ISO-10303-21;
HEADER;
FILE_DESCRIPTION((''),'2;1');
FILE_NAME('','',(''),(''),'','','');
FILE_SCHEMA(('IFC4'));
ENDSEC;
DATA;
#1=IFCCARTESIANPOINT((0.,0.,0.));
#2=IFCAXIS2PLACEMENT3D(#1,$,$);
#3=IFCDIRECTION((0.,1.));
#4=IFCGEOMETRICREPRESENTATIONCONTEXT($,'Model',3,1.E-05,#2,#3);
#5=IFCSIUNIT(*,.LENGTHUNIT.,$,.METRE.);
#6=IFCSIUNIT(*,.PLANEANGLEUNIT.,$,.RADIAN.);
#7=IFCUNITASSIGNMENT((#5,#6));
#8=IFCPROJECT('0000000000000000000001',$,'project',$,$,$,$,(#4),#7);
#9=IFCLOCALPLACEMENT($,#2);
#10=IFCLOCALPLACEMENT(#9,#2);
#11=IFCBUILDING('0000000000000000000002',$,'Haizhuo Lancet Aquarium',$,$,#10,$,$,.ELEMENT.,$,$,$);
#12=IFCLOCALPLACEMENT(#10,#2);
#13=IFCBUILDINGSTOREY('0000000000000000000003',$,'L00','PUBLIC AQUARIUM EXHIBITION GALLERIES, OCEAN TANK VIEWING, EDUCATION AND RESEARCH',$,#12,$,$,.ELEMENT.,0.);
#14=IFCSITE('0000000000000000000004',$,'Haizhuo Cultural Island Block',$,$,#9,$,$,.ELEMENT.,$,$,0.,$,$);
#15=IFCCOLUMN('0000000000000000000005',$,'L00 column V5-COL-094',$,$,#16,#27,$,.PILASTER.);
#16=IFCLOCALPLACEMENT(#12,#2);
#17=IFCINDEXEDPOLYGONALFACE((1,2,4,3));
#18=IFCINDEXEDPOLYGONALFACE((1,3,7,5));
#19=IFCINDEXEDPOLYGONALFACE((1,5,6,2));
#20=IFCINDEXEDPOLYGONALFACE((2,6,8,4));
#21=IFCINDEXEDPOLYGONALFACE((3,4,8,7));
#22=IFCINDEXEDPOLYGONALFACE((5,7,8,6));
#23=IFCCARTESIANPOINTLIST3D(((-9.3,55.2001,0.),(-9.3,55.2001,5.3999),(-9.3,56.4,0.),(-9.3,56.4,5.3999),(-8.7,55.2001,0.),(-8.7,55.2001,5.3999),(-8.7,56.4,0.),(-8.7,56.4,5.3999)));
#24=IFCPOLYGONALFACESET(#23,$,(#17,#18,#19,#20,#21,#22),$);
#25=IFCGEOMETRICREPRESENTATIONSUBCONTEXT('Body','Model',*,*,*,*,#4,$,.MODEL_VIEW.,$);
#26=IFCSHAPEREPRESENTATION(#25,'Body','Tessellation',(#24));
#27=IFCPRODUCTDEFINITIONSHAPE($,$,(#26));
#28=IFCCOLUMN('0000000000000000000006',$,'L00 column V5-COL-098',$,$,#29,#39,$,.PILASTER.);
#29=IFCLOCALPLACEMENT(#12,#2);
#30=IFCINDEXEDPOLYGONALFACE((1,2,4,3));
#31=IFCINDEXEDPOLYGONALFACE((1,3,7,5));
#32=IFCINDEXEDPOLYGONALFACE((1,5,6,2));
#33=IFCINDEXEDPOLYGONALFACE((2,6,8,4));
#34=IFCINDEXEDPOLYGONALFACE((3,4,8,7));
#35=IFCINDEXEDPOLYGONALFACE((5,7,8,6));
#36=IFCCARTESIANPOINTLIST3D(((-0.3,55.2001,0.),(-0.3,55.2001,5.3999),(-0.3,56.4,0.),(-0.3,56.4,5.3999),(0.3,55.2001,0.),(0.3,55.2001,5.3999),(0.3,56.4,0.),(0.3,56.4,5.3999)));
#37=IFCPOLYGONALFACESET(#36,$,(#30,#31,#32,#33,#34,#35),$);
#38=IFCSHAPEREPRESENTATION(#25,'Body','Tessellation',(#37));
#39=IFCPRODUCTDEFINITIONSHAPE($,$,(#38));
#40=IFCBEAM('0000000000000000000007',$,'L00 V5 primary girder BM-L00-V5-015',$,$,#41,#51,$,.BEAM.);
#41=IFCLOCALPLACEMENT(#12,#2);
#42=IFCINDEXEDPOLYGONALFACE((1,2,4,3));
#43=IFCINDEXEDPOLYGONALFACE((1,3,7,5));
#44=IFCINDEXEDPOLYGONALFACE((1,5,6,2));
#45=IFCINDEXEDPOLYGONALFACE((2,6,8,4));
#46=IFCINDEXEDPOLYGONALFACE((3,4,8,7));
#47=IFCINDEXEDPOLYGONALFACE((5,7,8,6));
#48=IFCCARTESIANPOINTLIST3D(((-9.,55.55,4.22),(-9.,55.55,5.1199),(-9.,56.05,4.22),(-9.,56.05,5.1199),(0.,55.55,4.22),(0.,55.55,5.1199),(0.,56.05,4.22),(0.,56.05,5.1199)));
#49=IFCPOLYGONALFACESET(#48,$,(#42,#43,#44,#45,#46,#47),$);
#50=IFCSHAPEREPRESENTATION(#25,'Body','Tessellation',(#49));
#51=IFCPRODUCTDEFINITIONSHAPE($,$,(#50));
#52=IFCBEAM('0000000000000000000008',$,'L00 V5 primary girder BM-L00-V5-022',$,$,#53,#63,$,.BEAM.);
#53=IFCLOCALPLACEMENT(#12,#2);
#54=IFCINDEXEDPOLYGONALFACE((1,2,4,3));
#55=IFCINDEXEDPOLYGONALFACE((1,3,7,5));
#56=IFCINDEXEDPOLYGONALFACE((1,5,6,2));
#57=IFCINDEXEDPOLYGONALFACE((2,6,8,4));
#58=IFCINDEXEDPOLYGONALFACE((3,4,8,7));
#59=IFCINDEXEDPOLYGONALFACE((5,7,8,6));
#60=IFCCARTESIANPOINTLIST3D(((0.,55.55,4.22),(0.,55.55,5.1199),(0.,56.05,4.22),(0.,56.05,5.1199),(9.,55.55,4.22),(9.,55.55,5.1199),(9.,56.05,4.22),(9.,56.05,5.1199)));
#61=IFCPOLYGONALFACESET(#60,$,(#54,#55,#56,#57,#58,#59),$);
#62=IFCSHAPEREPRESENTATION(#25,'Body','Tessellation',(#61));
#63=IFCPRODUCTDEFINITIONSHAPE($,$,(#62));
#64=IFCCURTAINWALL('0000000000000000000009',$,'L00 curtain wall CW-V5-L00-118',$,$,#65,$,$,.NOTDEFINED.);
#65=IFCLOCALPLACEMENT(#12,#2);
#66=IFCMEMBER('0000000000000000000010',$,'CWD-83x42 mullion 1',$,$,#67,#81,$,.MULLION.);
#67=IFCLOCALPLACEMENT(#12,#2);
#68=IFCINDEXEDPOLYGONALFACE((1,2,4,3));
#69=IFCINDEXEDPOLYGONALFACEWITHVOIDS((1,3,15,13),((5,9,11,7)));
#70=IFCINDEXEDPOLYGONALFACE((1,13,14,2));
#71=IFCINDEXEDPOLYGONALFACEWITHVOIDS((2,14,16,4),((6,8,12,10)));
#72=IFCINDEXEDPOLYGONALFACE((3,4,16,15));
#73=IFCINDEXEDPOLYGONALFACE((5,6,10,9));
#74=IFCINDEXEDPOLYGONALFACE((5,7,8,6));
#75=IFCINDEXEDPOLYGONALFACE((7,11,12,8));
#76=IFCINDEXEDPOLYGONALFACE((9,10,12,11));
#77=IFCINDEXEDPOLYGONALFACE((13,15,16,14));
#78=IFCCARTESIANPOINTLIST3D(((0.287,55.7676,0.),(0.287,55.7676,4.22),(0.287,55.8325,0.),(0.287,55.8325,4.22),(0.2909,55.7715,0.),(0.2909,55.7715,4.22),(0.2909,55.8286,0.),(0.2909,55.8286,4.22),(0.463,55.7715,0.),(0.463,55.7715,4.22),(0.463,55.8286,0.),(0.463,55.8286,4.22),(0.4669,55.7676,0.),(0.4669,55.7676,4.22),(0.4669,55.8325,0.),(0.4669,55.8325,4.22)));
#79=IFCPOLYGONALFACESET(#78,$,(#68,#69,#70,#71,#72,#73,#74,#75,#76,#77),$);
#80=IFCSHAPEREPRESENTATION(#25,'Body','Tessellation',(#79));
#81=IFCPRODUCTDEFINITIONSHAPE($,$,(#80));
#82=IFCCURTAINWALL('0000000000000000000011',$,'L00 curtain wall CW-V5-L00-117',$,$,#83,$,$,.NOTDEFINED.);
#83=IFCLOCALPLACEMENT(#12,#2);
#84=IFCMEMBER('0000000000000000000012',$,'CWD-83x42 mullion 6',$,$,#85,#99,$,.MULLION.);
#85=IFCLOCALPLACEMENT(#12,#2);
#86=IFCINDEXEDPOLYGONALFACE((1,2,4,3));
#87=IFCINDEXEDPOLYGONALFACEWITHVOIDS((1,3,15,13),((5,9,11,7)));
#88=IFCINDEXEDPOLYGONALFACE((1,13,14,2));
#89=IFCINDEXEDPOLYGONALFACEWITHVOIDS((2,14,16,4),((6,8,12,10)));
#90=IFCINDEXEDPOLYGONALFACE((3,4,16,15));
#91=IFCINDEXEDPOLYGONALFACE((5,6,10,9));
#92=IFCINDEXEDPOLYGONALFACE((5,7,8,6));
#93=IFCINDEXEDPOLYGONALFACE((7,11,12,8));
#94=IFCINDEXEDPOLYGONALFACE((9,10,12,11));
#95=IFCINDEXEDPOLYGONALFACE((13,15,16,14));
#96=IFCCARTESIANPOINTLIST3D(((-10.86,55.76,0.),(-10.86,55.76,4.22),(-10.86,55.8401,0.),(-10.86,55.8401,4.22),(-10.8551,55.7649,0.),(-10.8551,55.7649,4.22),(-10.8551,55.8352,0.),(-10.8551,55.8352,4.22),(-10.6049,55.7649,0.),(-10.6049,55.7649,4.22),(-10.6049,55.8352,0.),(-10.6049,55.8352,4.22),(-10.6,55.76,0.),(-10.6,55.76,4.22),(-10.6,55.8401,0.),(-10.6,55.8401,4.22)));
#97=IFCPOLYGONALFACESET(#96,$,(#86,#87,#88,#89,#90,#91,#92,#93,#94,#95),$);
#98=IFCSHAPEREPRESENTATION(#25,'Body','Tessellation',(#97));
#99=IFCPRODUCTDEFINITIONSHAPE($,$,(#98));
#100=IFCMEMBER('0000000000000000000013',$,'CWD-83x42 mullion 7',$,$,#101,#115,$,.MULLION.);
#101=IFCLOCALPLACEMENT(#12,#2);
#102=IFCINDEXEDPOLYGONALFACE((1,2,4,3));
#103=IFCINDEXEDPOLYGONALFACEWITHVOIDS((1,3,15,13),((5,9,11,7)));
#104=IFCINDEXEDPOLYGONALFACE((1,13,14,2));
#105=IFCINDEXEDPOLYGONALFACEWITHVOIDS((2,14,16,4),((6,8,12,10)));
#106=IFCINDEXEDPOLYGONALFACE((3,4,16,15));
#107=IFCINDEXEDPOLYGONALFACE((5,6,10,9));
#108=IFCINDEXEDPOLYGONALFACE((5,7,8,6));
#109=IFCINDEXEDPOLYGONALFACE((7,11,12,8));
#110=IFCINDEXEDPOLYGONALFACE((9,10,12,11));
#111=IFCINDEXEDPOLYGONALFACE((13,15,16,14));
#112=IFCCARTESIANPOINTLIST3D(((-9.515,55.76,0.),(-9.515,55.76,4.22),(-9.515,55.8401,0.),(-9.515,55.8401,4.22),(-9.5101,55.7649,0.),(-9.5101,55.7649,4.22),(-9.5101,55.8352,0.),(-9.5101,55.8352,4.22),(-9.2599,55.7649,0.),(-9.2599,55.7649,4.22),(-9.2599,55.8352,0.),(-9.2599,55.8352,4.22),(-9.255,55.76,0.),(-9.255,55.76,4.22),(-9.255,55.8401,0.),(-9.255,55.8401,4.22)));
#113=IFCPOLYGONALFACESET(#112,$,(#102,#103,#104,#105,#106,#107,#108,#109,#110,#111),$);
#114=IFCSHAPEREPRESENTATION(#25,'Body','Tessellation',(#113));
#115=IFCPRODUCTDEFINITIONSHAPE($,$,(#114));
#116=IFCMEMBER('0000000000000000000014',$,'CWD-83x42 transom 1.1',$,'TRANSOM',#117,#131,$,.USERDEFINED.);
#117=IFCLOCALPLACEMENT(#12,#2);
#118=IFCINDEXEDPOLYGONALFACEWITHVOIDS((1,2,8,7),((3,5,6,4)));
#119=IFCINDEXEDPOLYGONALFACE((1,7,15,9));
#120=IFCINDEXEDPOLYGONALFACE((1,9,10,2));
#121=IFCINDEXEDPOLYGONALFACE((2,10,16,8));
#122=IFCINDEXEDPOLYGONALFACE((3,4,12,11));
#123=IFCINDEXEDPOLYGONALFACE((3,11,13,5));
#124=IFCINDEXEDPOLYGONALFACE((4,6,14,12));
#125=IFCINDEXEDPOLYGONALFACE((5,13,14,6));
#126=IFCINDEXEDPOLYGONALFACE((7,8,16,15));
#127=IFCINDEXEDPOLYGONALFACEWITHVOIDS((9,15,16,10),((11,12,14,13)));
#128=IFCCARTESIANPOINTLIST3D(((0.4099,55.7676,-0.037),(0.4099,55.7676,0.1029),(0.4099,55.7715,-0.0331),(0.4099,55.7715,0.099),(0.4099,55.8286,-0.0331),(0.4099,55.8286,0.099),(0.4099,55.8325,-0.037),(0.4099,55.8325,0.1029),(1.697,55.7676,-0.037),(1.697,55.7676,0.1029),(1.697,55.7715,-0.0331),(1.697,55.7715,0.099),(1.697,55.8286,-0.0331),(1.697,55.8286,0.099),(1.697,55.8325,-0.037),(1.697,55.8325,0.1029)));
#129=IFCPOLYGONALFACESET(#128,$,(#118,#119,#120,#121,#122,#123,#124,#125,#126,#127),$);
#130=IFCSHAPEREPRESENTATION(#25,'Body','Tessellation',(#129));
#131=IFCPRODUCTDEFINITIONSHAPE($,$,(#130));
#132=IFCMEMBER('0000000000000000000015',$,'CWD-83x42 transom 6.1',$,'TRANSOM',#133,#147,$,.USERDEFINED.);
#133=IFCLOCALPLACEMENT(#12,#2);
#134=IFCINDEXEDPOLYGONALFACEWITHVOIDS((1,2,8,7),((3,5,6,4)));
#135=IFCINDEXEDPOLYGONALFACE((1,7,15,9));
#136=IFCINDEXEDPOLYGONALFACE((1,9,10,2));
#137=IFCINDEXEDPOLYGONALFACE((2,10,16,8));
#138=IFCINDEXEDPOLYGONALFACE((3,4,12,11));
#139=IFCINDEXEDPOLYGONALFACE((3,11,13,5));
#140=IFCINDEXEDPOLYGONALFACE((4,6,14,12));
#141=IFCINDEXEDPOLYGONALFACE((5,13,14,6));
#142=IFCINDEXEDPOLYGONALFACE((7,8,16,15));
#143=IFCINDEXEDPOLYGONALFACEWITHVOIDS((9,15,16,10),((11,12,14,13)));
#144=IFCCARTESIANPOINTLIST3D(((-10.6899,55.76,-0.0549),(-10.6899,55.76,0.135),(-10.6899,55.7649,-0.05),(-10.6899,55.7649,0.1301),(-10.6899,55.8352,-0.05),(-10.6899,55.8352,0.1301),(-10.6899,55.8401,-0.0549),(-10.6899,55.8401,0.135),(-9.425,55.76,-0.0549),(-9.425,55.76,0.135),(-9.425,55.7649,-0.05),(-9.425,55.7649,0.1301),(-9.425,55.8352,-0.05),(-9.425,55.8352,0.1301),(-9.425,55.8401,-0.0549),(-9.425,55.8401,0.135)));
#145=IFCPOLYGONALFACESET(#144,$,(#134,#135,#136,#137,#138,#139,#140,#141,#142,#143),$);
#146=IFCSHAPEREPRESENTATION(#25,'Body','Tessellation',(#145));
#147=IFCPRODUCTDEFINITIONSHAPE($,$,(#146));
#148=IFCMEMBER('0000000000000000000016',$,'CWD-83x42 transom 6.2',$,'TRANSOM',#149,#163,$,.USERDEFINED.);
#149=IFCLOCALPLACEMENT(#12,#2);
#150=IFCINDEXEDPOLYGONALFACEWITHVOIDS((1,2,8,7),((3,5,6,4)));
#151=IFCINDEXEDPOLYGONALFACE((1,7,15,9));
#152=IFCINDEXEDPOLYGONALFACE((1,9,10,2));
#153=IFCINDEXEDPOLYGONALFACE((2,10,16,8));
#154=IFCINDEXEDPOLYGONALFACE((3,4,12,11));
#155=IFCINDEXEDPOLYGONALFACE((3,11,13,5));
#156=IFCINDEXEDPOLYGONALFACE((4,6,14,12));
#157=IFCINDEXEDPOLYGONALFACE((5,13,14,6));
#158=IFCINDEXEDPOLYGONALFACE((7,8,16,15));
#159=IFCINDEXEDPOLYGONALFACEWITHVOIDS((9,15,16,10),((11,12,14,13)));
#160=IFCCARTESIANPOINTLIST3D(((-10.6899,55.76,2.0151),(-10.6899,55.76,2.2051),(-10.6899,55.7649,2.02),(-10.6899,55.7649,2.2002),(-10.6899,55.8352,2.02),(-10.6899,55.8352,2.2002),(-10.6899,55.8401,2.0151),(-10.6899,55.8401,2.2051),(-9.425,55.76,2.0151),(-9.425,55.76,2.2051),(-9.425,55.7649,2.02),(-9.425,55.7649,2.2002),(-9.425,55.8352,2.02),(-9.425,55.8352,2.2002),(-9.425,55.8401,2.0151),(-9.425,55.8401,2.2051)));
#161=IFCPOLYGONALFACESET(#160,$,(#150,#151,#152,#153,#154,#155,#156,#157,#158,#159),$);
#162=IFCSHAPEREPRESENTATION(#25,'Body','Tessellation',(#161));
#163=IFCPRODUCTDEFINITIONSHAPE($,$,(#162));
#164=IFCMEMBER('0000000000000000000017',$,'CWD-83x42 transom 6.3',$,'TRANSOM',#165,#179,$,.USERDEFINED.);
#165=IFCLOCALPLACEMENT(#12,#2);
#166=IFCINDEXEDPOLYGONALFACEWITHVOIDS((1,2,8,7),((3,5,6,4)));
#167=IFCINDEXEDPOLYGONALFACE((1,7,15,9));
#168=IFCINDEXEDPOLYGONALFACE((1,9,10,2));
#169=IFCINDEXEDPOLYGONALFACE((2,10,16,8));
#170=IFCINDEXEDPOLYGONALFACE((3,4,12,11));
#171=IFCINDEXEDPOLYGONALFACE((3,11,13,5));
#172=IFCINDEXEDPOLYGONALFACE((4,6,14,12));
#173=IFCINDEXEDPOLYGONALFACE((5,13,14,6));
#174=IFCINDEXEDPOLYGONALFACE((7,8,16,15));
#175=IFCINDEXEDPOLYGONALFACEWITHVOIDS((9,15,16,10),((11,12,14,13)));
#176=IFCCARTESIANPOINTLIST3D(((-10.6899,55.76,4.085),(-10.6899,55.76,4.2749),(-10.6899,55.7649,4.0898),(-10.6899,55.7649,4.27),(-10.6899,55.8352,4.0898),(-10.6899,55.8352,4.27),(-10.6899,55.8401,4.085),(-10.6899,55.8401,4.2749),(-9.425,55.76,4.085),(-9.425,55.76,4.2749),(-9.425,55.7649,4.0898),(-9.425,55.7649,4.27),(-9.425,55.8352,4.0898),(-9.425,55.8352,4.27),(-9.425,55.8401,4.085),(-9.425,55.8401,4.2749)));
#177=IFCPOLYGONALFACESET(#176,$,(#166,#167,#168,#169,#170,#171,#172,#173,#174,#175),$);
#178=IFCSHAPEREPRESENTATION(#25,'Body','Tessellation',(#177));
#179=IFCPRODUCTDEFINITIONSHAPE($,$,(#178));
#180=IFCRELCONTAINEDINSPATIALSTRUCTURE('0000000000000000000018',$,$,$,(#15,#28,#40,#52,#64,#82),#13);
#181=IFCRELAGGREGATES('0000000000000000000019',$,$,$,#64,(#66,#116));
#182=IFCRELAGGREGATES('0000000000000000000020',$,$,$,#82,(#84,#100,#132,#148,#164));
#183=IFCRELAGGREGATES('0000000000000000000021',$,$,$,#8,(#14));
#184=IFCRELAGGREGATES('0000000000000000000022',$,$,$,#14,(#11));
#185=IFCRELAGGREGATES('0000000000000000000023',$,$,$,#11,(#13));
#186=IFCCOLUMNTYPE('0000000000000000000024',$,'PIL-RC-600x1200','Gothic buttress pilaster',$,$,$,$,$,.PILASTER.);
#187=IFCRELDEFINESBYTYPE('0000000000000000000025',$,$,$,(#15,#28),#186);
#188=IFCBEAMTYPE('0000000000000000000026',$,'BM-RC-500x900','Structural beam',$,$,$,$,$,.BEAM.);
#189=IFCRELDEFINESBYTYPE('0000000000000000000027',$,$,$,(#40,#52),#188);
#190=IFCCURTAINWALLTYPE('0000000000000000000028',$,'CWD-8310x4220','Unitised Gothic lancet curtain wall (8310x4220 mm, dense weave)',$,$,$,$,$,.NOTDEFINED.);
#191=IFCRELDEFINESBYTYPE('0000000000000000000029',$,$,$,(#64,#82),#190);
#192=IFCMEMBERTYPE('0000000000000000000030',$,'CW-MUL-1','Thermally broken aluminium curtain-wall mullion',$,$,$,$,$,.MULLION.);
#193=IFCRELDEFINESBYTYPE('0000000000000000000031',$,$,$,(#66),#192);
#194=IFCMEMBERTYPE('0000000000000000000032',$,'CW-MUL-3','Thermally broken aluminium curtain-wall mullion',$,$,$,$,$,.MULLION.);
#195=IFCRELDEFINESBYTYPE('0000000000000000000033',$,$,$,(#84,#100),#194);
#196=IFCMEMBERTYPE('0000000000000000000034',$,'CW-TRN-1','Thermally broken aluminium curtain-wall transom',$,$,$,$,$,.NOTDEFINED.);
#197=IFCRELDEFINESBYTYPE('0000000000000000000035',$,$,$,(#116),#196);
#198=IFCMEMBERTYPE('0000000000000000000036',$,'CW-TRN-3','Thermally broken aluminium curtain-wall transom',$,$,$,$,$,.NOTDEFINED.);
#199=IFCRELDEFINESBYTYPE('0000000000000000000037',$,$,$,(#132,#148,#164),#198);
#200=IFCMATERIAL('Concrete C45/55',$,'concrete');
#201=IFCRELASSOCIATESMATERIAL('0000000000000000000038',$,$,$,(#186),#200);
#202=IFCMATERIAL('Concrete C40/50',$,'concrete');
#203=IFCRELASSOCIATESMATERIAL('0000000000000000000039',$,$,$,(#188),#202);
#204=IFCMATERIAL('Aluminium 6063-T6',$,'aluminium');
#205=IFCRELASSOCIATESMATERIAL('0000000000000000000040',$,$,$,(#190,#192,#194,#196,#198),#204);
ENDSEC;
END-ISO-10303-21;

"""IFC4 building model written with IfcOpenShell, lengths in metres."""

from ifc_helpers import new_model, si_unit, direction, frame, origin, origin_2d, place, context, subcontext, project, spatial, rectangle, hollow_rectangle, extrude, material, material_profile, profile_set, type_object, element, aggregate, save


model = new_model("IFC4")

# Units and contexts
model_context = context("Model", 3, precision=1e-05, world=origin(), true_north=direction((0.0, 1.0)))
body_context = subcontext(model_context, "Body", "Model", "MODEL_VIEW")
ifc_project = project(units=[si_unit("LENGTHUNIT", "METRE"), si_unit("PLANEANGLEUNIT", "RADIAN")], contexts=[model_context])

# Site, building, storey
site_placement = place(None, origin())
site = spatial("IfcSite", under=ifc_project, at=site_placement, Name="Haizhuo Cultural Island Block", CompositionType="ELEMENT", RefElevation=0.0)
building_placement = place(site_placement, origin())
building = spatial("IfcBuilding", under=site, at=building_placement, Name="Haizhuo Lancet Aquarium", CompositionType="ELEMENT")
storey_placement = place(building_placement, origin())
storey = spatial("IfcBuildingStorey", under=building, at=storey_placement, Name="L00", Description="PUBLIC AQUARIUM EXHIBITION GALLERIES, OCEAN TANK VIEWING, EDUCATION AND RESEARCH", CompositionType="ELEMENT", Elevation=0.0)

# Columns
ifc_material_1 = material(Name="Concrete C45/55", Category="concrete")
ifc_material_profile_1 = material_profile(ifc_material_1, rectangle(XDim=0.6001, YDim=1.2, at=origin_2d()), Name="RC-PIL 600x1200")
ifc_profile_set_1 = profile_set([ifc_material_profile_1], Name="Concrete C45/55")
column_type = type_object("IfcColumnType", Name="PIL-RC-600x1200", Description="Gothic buttress pilaster", PredefinedType="PILASTER", material=ifc_profile_set_1)
for number, where, z_axis, x_axis, name in (
    (1, (-9.0, 55.8, 0.0), (0.0, 0.0, 1.0), (1.0, 0.0, 0.0), "L00 column V5-COL-094"),
    (2, (0.0, 55.8, 0.0), (0.0, 0.0, 1.0), (1.0, 0.0, 0.0), "L00 column V5-COL-098"),
):
    element("IfcColumn", number, at=place(storey_placement, frame(where, z_axis=z_axis, x_axis=x_axis)), inside=storey, type_object=column_type, Name=name, PredefinedType="PILASTER", context=body_context, shape_type="SweptSolid", body=[
        extrude(rectangle(XDim=0.6001, YDim=1.2, at=origin_2d()), origin(), (0.0, 0.0, 1.0), 5.3999),
    ])

# Beams
ifc_material_2 = material(Name="Concrete C40/50", Category="concrete")
ifc_material_profile_2 = material_profile(ifc_material_2, rectangle(XDim=0.5, YDim=0.8999, at=origin_2d()), Name="RC-BM 500x900")
ifc_profile_set_2 = profile_set([ifc_material_profile_2], Name="Concrete C40/50")
beam_type_1 = type_object("IfcBeamType", Name="BM-RC-500x900", Description="Structural beam", PredefinedType="BEAM", material=ifc_profile_set_2)
for number, where, z_axis, x_axis, name in (
    (3, (-9.0, 55.8, 4.6699), (1.0, 0.0, 0.0), (0.0, 1.0, 0.0), "L00 V5 primary girder BM-L00-V5-015"),
    (4, (0.0, 55.8, 4.6699), (1.0, 0.0, 0.0), (0.0, 1.0, 0.0), "L00 V5 primary girder BM-L00-V5-022"),
):
    element("IfcBeam", number, at=place(storey_placement, frame(where, z_axis=z_axis, x_axis=x_axis)), inside=storey, type_object=beam_type_1, Name=name, PredefinedType="BEAM", context=body_context, shape_type="SweptSolid", body=[
        extrude(rectangle(XDim=0.5, YDim=0.8999, at=origin_2d()), origin(), (0.0, 0.0, 1.0), 9.0),
    ])

# Curtain wall, member
ifc_material_3 = material(Name="Aluminium 6063-T6", Category="aluminium")
curtain_wall_type = type_object("IfcCurtainWallType", Name="CWD-8310x4220", Description="Unitised Gothic lancet curtain wall (8310x4220 mm, dense weave)", PredefinedType="NOTDEFINED", material=ifc_material_3)
curtain_wall_1_placement = place(storey_placement, origin())
curtain_wall_1 = element("IfcCurtainWall", 5, at=curtain_wall_1_placement, inside=storey, type_object=curtain_wall_type, Name="L00 curtain wall CW-V5-L00-118", PredefinedType="NOTDEFINED")
ifc_material_profile_3 = material_profile(ifc_material_3, hollow_rectangle(XDim=0.0649, YDim=0.1799, WallThickness=0.0039, at=origin_2d()), Name="ALU-M 65x180x4")
ifc_profile_set_3 = profile_set([ifc_material_profile_3], Name="Aluminium 6063-T6")
member_type_1 = type_object("IfcMemberType", Name="CW-MUL-1", Description="Thermally broken aluminium curtain-wall mullion", PredefinedType="MULLION", material=ifc_profile_set_3)
member_1_placement = place(storey_placement, frame((0.377, 55.8, 0.0), z_axis=(0.0, 0.0, 1.0), x_axis=(0.0, 1.0, 0.0)))
member_1 = element("IfcMember", 6, at=member_1_placement, type_object=member_type_1, Name="CWD-83x42 mullion 1", PredefinedType="MULLION", context=body_context, shape_type="SweptSolid", body=[
    extrude(hollow_rectangle(XDim=0.0649, YDim=0.1799, WallThickness=0.0039, at=origin_2d()), origin(), (0.0, 0.0, 1.0), 4.22),
])

# Curtain wall, members
curtain_wall_2_placement = place(storey_placement, origin())
curtain_wall_2 = element("IfcCurtainWall", 7, at=curtain_wall_2_placement, inside=storey, type_object=curtain_wall_type, Name="L00 curtain wall CW-V5-L00-117", PredefinedType="NOTDEFINED")
ifc_material_profile_4 = material_profile(ifc_material_3, hollow_rectangle(XDim=0.0801, YDim=0.26, WallThickness=0.0049, at=origin_2d()), Name="ALU-M 80x260x5")
ifc_profile_set_4 = profile_set([ifc_material_profile_4], Name="Aluminium 6063-T6")
member_type_2 = type_object("IfcMemberType", Name="CW-MUL-3", Description="Thermally broken aluminium curtain-wall mullion", PredefinedType="MULLION", material=ifc_profile_set_4)
member_2_placement = place(storey_placement, frame((-10.73, 55.8, 0.0), z_axis=(0.0, 0.0, 1.0), x_axis=(0.0, 1.0, 0.0)))
member_2 = element("IfcMember", 8, at=member_2_placement, type_object=member_type_2, Name="CWD-83x42 mullion 6", PredefinedType="MULLION", context=body_context, shape_type="SweptSolid", body=[
    extrude(hollow_rectangle(XDim=0.0801, YDim=0.26, WallThickness=0.0049, at=origin_2d()), origin(), (0.0, 0.0, 1.0), 4.22),
])
member_3_placement = place(storey_placement, frame((-9.385, 55.8, 0.0), z_axis=(0.0, 0.0, 1.0), x_axis=(0.0, 1.0, 0.0)))
member_3 = element("IfcMember", 9, at=member_3_placement, type_object=member_type_2, Name="CWD-83x42 mullion 7", PredefinedType="MULLION", context=body_context, shape_type="SweptSolid", body=[
    extrude(hollow_rectangle(XDim=0.0801, YDim=0.26, WallThickness=0.0049, at=origin_2d()), origin(), (0.0, 0.0, 1.0), 4.22),
])

# Members
ifc_material_profile_5 = material_profile(ifc_material_3, hollow_rectangle(XDim=0.0649, YDim=0.1399, WallThickness=0.0039, at=origin_2d()), Name="ALU-T 65x140x4")
ifc_profile_set_5 = profile_set([ifc_material_profile_5], Name="Aluminium 6063-T6")
member_type_3 = type_object("IfcMemberType", Name="CW-TRN-1", Description="Thermally broken aluminium curtain-wall transom", PredefinedType="NOTDEFINED", material=ifc_profile_set_5)
member_4_placement = place(storey_placement, frame((0.4099, 55.8, 0.033), z_axis=(1.0, 0.0, 0.0), x_axis=(0.0, 1.0, 0.0)))
member_4 = element("IfcMember", 10, at=member_4_placement, type_object=member_type_3, Name="CWD-83x42 transom 1.1", ObjectType="TRANSOM", PredefinedType="USERDEFINED", context=body_context, shape_type="SweptSolid", body=[
    extrude(hollow_rectangle(XDim=0.0649, YDim=0.1399, WallThickness=0.0039, at=origin_2d()), origin(), (0.0, 0.0, 1.0), 1.2871),
])
aggregate(curtain_wall_1, [member_1, member_4])
ifc_material_profile_6 = material_profile(ifc_material_3, hollow_rectangle(XDim=0.0801, YDim=0.1899, WallThickness=0.0049, at=origin_2d()), Name="ALU-T 80x190x5")
ifc_profile_set_6 = profile_set([ifc_material_profile_6], Name="Aluminium 6063-T6")
member_type_4 = type_object("IfcMemberType", Name="CW-TRN-3", Description="Thermally broken aluminium curtain-wall transom", PredefinedType="NOTDEFINED", material=ifc_profile_set_6)
member_5_placement = place(storey_placement, frame((-10.6899, 55.8, 0.04), z_axis=(1.0, 0.0, 0.0), x_axis=(0.0, 1.0, 0.0)))
member_5 = element("IfcMember", 11, at=member_5_placement, type_object=member_type_4, Name="CWD-83x42 transom 6.1", ObjectType="TRANSOM", PredefinedType="USERDEFINED", context=body_context, shape_type="SweptSolid", body=[
    extrude(hollow_rectangle(XDim=0.0801, YDim=0.1899, WallThickness=0.0049, at=origin_2d()), origin(), (0.0, 0.0, 1.0), 1.2649),
])
member_6_placement = place(storey_placement, frame((-10.6899, 55.8, 2.1101), z_axis=(1.0, 0.0, 0.0), x_axis=(0.0, 1.0, 0.0)))
member_6 = element("IfcMember", 12, at=member_6_placement, type_object=member_type_4, Name="CWD-83x42 transom 6.2", ObjectType="TRANSOM", PredefinedType="USERDEFINED", context=body_context, shape_type="SweptSolid", body=[
    extrude(hollow_rectangle(XDim=0.0801, YDim=0.1899, WallThickness=0.0049, at=origin_2d()), origin(), (0.0, 0.0, 1.0), 1.2649),
])
member_7_placement = place(storey_placement, frame((-10.6899, 55.8, 4.1799), z_axis=(1.0, 0.0, 0.0), x_axis=(0.0, 1.0, 0.0)))
member_7 = element("IfcMember", 13, at=member_7_placement, type_object=member_type_4, Name="CWD-83x42 transom 6.3", ObjectType="TRANSOM", PredefinedType="USERDEFINED", context=body_context, shape_type="SweptSolid", body=[
    extrude(hollow_rectangle(XDim=0.0801, YDim=0.1899, WallThickness=0.0049, at=origin_2d()), origin(), (0.0, 0.0, 1.0), 1.2649),
])

aggregate(curtain_wall_2, [member_2, member_3, member_5, member_6, member_7])

save(model, "model.ifc")
